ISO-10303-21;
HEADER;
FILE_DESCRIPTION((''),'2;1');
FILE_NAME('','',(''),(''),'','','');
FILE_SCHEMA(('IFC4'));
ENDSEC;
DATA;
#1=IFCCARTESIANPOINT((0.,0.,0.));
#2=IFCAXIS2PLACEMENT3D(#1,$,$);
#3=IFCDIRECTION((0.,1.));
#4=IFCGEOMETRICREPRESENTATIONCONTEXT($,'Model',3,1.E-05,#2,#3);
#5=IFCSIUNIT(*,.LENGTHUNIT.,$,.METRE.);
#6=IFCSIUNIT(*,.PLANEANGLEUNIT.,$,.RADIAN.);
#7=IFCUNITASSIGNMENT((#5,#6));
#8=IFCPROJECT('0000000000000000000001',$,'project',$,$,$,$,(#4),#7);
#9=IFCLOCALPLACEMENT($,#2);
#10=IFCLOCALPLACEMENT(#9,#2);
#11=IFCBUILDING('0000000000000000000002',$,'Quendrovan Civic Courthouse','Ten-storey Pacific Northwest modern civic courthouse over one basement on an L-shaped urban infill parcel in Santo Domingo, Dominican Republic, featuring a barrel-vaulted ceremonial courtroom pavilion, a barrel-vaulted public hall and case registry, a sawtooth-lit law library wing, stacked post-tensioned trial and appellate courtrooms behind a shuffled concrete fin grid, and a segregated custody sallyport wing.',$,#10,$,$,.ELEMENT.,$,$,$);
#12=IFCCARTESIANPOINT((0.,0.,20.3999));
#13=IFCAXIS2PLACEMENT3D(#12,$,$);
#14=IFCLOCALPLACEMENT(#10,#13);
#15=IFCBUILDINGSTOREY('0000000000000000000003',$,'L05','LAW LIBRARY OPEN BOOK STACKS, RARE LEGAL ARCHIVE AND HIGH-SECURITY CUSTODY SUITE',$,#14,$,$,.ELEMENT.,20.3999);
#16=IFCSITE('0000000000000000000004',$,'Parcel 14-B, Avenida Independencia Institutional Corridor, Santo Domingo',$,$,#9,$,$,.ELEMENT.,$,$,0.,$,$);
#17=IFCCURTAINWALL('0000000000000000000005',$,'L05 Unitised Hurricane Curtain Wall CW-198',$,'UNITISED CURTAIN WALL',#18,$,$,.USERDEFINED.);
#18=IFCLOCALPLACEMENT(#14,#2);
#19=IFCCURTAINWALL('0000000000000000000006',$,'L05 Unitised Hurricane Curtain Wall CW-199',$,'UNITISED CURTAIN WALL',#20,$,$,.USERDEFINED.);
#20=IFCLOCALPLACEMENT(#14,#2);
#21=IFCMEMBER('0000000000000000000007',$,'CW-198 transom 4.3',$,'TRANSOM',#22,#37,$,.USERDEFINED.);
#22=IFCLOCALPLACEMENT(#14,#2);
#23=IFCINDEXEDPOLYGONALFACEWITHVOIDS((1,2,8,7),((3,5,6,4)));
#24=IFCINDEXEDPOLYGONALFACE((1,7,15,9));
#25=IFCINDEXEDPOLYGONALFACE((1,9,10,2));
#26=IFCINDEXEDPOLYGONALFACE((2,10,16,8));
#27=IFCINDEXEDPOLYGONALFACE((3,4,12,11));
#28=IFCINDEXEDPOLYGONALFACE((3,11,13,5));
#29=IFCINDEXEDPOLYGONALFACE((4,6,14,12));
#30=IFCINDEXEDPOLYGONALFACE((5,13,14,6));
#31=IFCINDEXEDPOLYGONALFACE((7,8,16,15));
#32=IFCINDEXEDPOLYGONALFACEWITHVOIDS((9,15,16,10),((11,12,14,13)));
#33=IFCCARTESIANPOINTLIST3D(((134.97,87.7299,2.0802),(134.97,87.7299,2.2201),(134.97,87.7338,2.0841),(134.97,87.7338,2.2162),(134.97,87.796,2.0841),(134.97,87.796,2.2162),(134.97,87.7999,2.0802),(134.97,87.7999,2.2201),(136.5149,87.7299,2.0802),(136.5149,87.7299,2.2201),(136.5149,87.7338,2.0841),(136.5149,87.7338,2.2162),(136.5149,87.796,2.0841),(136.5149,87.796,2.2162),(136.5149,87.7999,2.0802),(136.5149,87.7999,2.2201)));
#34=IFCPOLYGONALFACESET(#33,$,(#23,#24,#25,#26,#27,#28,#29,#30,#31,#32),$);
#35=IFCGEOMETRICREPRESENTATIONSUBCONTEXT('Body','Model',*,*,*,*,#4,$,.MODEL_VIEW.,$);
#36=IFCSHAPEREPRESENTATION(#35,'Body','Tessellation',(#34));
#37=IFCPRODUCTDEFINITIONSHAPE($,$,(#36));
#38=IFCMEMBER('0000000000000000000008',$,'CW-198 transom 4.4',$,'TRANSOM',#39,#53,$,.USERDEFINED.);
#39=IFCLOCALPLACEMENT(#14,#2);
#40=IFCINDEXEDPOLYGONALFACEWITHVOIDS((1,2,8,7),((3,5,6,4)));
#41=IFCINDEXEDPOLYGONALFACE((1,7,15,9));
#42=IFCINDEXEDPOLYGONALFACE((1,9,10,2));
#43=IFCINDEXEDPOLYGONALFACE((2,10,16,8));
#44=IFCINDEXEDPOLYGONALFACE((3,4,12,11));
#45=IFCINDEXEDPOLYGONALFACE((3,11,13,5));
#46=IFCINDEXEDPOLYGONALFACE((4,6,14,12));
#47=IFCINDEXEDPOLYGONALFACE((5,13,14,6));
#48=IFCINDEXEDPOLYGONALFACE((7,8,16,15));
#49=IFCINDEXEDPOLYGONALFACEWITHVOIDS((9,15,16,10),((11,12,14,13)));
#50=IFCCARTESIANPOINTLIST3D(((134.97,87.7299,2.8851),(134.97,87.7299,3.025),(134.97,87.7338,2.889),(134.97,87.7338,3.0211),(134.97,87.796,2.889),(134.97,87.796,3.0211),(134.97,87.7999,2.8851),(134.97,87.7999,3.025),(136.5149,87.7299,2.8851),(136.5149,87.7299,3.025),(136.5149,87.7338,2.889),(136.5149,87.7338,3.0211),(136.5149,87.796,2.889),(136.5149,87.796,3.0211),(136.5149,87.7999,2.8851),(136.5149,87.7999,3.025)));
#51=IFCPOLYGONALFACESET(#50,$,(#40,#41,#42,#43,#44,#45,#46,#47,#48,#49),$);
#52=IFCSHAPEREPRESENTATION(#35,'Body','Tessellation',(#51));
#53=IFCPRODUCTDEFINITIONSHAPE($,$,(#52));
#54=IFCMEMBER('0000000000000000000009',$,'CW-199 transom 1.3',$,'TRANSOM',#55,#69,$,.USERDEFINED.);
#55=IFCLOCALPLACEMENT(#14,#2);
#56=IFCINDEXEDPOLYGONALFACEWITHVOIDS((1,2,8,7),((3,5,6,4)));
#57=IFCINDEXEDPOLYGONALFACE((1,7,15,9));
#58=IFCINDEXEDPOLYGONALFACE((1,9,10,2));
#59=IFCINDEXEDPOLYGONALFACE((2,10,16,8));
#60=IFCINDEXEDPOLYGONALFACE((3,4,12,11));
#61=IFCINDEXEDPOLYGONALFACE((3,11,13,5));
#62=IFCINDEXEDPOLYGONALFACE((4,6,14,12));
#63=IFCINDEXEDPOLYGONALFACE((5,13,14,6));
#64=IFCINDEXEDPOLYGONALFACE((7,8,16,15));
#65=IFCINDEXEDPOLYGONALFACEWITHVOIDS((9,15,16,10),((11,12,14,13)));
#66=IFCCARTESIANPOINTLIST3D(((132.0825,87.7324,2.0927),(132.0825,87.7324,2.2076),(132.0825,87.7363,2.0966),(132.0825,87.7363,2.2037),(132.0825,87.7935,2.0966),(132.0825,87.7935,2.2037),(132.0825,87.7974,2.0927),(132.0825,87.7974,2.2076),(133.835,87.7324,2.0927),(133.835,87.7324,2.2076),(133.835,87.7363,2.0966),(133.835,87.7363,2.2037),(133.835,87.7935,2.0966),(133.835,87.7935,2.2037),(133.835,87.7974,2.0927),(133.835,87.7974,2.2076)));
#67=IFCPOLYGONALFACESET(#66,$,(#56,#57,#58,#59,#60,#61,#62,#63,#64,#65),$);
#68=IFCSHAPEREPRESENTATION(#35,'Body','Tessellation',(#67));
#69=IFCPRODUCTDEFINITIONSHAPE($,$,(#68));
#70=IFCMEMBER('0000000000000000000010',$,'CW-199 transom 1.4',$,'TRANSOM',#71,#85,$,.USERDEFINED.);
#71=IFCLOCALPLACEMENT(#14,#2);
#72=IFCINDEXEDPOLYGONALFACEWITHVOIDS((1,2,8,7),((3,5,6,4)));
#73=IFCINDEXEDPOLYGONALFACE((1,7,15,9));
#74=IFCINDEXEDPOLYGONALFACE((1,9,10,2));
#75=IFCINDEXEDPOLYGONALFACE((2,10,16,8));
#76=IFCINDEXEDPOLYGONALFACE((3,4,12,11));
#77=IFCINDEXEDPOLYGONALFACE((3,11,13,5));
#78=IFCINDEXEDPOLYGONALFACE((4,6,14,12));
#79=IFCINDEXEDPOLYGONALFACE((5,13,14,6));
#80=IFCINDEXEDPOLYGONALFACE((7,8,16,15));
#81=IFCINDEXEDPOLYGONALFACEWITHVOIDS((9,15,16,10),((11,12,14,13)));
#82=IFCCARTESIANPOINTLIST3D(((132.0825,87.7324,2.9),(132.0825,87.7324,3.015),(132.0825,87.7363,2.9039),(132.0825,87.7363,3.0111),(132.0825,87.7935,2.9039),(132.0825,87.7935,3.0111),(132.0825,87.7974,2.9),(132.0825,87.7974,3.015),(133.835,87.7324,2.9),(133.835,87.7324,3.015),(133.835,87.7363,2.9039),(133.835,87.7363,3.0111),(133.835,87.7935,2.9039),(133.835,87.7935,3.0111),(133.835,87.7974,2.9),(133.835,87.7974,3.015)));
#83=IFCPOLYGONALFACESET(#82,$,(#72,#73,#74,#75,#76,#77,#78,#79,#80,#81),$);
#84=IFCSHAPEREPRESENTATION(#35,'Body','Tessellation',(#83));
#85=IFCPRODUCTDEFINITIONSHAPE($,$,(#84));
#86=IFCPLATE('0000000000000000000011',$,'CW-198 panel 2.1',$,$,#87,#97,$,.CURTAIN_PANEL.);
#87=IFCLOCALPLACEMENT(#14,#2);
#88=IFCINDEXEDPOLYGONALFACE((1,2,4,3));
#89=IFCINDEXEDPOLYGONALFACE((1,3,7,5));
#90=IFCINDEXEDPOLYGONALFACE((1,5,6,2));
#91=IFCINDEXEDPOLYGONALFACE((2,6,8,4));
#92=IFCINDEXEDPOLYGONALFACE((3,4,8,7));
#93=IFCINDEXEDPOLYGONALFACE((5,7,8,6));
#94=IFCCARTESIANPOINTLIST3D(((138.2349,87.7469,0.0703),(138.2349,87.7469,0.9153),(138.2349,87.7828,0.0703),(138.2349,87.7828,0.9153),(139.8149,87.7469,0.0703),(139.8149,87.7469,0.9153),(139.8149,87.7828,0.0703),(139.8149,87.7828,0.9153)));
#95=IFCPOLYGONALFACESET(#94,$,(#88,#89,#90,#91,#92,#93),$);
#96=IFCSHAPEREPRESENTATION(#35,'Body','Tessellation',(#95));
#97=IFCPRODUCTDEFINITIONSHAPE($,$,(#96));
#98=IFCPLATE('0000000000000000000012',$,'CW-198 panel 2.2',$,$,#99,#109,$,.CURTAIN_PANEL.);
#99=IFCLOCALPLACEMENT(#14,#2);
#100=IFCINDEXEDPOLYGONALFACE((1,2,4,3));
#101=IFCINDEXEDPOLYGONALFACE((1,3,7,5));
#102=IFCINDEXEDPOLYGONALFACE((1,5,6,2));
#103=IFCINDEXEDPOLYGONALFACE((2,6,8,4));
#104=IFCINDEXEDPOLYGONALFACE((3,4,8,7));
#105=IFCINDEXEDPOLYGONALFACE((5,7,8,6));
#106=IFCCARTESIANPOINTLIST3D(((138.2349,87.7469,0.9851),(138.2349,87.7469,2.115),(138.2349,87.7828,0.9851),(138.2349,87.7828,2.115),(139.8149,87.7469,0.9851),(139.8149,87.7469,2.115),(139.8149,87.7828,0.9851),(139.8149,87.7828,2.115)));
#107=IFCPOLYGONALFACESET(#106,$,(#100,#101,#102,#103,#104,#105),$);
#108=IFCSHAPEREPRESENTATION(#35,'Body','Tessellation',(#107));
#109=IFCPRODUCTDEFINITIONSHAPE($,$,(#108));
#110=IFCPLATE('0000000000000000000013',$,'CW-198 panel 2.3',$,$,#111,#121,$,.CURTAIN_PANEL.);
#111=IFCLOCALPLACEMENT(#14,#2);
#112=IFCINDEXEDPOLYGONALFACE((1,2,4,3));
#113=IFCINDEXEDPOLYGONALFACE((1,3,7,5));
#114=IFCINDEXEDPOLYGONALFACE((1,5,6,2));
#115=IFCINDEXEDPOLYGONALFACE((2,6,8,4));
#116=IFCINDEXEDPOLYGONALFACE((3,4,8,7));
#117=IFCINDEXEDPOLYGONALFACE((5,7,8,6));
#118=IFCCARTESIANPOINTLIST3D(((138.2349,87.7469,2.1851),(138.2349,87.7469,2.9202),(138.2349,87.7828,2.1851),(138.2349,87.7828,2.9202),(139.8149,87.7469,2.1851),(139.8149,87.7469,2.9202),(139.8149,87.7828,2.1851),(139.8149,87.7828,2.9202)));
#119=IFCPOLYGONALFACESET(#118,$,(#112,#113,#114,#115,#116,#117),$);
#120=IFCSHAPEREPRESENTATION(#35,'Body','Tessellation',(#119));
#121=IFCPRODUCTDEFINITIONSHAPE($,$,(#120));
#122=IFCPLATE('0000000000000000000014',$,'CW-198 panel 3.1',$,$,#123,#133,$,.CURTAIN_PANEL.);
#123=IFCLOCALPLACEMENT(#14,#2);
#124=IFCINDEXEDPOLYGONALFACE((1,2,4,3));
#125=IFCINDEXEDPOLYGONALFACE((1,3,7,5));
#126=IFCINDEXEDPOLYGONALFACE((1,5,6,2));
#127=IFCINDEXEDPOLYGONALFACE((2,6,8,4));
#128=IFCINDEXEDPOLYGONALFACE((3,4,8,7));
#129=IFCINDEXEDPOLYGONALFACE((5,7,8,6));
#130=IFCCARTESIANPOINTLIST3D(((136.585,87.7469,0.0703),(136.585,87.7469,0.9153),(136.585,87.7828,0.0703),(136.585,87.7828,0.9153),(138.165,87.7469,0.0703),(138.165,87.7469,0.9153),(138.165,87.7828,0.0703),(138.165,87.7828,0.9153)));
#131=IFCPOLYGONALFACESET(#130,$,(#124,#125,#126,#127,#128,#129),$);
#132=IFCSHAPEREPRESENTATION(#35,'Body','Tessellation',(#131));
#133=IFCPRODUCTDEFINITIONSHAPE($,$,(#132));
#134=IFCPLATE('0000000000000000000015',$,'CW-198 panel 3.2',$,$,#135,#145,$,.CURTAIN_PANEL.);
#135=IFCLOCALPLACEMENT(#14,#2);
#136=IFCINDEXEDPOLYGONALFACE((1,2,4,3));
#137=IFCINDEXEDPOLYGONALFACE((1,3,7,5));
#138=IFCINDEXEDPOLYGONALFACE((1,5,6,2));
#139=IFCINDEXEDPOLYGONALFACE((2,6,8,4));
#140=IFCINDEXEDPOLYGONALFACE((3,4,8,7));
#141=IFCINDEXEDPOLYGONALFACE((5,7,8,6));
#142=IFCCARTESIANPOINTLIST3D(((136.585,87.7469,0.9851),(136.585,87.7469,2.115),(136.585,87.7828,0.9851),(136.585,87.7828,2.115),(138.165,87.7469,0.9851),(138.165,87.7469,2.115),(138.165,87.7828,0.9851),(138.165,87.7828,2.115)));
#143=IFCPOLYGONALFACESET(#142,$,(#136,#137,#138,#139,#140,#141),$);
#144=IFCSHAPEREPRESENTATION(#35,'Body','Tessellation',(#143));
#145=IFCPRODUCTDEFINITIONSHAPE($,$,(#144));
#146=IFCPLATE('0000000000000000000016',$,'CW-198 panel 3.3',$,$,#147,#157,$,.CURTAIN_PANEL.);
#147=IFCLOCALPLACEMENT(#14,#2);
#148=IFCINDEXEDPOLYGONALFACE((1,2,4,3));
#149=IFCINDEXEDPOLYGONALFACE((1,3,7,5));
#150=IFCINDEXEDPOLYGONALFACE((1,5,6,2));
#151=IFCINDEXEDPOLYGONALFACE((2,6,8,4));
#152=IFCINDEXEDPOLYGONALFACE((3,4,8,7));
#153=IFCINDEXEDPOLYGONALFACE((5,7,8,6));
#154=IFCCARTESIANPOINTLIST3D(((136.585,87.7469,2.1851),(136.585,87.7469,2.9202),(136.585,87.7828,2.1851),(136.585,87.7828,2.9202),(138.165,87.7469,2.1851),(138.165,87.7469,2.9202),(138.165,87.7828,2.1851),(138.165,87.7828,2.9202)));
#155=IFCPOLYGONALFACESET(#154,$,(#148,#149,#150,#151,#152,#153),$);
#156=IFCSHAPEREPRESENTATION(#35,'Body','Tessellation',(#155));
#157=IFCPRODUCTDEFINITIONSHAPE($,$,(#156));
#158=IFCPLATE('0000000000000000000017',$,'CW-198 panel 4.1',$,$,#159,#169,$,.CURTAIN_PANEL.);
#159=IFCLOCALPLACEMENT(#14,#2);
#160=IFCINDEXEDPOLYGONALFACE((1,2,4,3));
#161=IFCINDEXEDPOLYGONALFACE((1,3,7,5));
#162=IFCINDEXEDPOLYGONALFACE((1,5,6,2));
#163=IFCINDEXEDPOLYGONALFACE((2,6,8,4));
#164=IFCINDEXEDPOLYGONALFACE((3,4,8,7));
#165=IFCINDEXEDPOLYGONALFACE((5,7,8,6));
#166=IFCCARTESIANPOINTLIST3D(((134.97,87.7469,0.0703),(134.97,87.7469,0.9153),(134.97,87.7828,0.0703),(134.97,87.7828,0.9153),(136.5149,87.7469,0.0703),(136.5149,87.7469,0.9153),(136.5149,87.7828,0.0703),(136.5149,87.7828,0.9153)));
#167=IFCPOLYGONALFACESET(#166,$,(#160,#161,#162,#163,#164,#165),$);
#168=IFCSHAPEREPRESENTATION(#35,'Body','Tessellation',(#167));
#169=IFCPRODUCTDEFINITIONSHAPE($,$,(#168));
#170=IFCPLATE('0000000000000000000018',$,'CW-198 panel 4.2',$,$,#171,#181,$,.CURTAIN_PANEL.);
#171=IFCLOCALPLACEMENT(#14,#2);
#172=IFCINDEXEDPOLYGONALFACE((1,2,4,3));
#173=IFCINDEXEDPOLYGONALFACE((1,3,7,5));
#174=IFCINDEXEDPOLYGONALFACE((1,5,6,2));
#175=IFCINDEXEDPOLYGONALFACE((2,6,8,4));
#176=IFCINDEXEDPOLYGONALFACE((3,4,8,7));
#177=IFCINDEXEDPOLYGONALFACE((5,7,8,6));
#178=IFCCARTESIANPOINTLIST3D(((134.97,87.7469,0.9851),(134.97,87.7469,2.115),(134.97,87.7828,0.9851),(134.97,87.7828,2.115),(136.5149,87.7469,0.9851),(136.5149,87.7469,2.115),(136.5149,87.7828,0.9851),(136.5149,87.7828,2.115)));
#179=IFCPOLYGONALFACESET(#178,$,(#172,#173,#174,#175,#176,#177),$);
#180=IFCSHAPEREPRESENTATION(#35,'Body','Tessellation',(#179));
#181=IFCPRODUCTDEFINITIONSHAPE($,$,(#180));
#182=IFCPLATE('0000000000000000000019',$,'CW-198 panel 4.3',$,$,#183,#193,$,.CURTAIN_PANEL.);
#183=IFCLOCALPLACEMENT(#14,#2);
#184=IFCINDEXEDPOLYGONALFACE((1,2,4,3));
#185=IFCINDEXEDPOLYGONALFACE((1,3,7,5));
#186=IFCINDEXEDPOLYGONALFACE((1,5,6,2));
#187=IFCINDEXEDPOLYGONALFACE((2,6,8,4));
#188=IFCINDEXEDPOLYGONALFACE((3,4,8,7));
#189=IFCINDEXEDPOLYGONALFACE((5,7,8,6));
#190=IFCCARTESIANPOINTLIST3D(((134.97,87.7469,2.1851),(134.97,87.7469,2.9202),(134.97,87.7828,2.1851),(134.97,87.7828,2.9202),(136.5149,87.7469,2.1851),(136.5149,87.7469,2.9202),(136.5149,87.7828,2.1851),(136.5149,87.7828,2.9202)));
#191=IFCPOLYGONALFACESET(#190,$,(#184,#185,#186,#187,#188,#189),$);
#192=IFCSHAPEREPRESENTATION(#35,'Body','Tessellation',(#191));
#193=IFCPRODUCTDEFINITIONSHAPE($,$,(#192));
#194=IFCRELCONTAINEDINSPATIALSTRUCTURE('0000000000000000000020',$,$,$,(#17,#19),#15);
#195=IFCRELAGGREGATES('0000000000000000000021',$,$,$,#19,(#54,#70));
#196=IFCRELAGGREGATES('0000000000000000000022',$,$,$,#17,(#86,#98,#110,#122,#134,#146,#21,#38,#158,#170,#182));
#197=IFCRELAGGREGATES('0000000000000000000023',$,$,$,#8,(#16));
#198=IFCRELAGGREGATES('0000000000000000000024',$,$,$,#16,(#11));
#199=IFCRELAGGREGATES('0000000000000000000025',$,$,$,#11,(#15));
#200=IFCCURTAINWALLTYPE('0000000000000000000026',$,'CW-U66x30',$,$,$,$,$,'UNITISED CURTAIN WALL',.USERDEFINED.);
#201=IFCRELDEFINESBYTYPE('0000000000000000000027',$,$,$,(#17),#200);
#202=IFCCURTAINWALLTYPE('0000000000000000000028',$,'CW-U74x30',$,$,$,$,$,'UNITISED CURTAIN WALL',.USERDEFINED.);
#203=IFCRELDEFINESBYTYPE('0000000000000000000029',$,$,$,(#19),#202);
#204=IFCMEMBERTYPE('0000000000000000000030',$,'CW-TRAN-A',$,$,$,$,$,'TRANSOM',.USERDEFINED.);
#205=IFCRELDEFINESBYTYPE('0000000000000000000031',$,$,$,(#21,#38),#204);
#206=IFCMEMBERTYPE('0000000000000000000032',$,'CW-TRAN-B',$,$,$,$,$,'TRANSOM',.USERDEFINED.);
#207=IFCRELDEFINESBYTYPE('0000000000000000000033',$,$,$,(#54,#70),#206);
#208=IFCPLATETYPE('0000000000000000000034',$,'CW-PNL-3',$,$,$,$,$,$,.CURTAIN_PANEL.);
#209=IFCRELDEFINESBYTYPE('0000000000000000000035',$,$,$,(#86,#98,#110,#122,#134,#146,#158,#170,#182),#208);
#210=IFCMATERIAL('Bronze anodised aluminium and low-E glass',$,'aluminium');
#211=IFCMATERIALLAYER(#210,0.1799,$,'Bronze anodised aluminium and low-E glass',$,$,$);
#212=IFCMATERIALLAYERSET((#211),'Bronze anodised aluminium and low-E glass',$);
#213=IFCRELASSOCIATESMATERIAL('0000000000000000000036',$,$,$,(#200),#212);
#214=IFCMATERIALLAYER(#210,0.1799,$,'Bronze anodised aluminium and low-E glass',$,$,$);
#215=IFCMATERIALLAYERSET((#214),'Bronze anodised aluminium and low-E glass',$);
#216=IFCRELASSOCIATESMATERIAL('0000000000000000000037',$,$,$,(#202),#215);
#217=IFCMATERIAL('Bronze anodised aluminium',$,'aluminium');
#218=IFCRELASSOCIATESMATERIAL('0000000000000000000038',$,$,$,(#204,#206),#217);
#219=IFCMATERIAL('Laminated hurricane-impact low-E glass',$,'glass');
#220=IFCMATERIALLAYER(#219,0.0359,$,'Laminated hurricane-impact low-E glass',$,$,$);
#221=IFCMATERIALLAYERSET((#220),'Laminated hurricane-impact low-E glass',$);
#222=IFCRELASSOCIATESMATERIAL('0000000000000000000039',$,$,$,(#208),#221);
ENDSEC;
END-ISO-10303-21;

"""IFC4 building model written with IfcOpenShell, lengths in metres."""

from ifc_helpers import new_model, si_unit, direction, frame, origin, origin_2d, place, context, subcontext, project, spatial, rectangle, hollow_rectangle, extrude, material, layer, layer_set, material_profile, profile_set, type_object, element, aggregate, save


model = new_model("IFC4")

# Units and contexts
model_context = context("Model", 3, precision=1e-05, world=origin(), true_north=direction((0.0, 1.0)))
body_context = subcontext(model_context, "Body", "Model", "MODEL_VIEW")
ifc_project = project(units=[si_unit("LENGTHUNIT", "METRE"), si_unit("PLANEANGLEUNIT", "RADIAN")], contexts=[model_context])

# Site, building, storey
site_placement = place(None, origin())
site = spatial("IfcSite", under=ifc_project, at=site_placement, Name="Parcel 14-B, Avenida Independencia Institutional Corridor, Santo Domingo", CompositionType="ELEMENT", RefElevation=0.0)
building_placement = place(site_placement, origin())
building = spatial("IfcBuilding", under=site, at=building_placement, Name="Quendrovan Civic Courthouse", Description="Ten-storey Pacific Northwest modern civic courthouse over one basement on an L-shaped urban infill parcel in Santo Domingo, Dominican Republic, featuring a barrel-vaulted ceremonial courtroom pavilion, a barrel-vaulted public hall and case registry, a sawtooth-lit law library wing, stacked post-tensioned trial and appellate courtrooms behind a shuffled concrete fin grid, and a segregated custody sallyport wing.", CompositionType="ELEMENT")
storey_placement = place(building_placement, frame((0.0, 0.0, 20.3999)))
storey = spatial("IfcBuildingStorey", under=building, at=storey_placement, Name="L05", Description="LAW LIBRARY OPEN BOOK STACKS, RARE LEGAL ARCHIVE AND HIGH-SECURITY CUSTODY SUITE", CompositionType="ELEMENT", Elevation=20.3999)

# Curtain wall
ifc_material_1 = material(Name="Bronze anodised aluminium and low-E glass", Category="aluminium")
ifc_layer_1 = layer(ifc_material_1, 0.1799, Name="Bronze anodised aluminium and low-E glass")
ifc_layer_set_1 = layer_set([ifc_layer_1], Name="Bronze anodised aluminium and low-E glass")
curtain_wall_type_1 = type_object("IfcCurtainWallType", Name="CW-U66x30", ElementType="UNITISED CURTAIN WALL", PredefinedType="USERDEFINED", material=ifc_layer_set_1)
curtain_wall_1_placement = place(storey_placement, origin())
curtain_wall_1 = element("IfcCurtainWall", 1, at=curtain_wall_1_placement, inside=storey, type_object=curtain_wall_type_1, Name="L05 Unitised Hurricane Curtain Wall CW-198", ObjectType="UNITISED CURTAIN WALL", PredefinedType="USERDEFINED")
ifc_material_2 = material(Name="Bronze anodised aluminium", Category="aluminium")

# Curtain wall
ifc_layer_2 = layer(ifc_material_1, 0.1799, Name="Bronze anodised aluminium and low-E glass")
ifc_layer_set_2 = layer_set([ifc_layer_2], Name="Bronze anodised aluminium and low-E glass")
curtain_wall_type_2 = type_object("IfcCurtainWallType", Name="CW-U74x30", ElementType="UNITISED CURTAIN WALL", PredefinedType="USERDEFINED", material=ifc_layer_set_2)
curtain_wall_2_placement = place(storey_placement, origin())
curtain_wall_2 = element("IfcCurtainWall", 2, at=curtain_wall_2_placement, inside=storey, type_object=curtain_wall_type_2, Name="L05 Unitised Hurricane Curtain Wall CW-199", ObjectType="UNITISED CURTAIN WALL", PredefinedType="USERDEFINED")

# Members
ifc_material_profile_1 = material_profile(ifc_material_2, hollow_rectangle(XDim=0.0701, YDim=0.1399, WallThickness=0.0039, at=origin_2d()), Name="CW-TRAN-70x140")
ifc_profile_set_1 = profile_set([ifc_material_profile_1], Name="Bronze anodised aluminium")
member_type_1 = type_object("IfcMemberType", Name="CW-TRAN-A", ElementType="TRANSOM", PredefinedType="USERDEFINED", material=ifc_profile_set_1)
member_1_placement = place(storey_placement, frame((136.5149, 87.7649, 2.1501), z_axis=(-1.0, 0.0, 0.0), x_axis=(0.0, -1.0, 0.0)))
member_1 = element("IfcMember", 3, at=member_1_placement, type_object=member_type_1, Name="CW-198 transom 4.3", ObjectType="TRANSOM", PredefinedType="USERDEFINED", context=body_context, shape_type="SweptSolid", body=[
    extrude(hollow_rectangle(XDim=0.0701, YDim=0.1399, WallThickness=0.0039, at=origin_2d()), origin(), (0.0, 0.0, 1.0), 1.5449),
])
member_2_placement = place(storey_placement, frame((136.5149, 87.7649, 2.9551), z_axis=(-1.0, 0.0, 0.0), x_axis=(0.0, -1.0, 0.0)))
member_2 = element("IfcMember", 4, at=member_2_placement, type_object=member_type_1, Name="CW-198 transom 4.4", ObjectType="TRANSOM", PredefinedType="USERDEFINED", context=body_context, shape_type="SweptSolid", body=[
    extrude(hollow_rectangle(XDim=0.0701, YDim=0.1399, WallThickness=0.0039, at=origin_2d()), origin(), (0.0, 0.0, 1.0), 1.5449),
])
ifc_material_profile_2 = material_profile(ifc_material_2, hollow_rectangle(XDim=0.0649, YDim=0.115, WallThickness=0.0039, at=origin_2d()), Name="CW-TRAN-65x115")
ifc_profile_set_2 = profile_set([ifc_material_profile_2], Name="Bronze anodised aluminium")
member_type_2 = type_object("IfcMemberType", Name="CW-TRAN-B", ElementType="TRANSOM", PredefinedType="USERDEFINED", material=ifc_profile_set_2)
member_3_placement = place(storey_placement, frame((133.835, 87.7649, 2.1501), z_axis=(-1.0, 0.0, 0.0), x_axis=(0.0, -1.0, 0.0)))
member_3 = element("IfcMember", 5, at=member_3_placement, type_object=member_type_2, Name="CW-199 transom 1.3", ObjectType="TRANSOM", PredefinedType="USERDEFINED", context=body_context, shape_type="SweptSolid", body=[
    extrude(hollow_rectangle(XDim=0.0649, YDim=0.115, WallThickness=0.0039, at=origin_2d()), origin(), (0.0, 0.0, 1.0), 1.7524),
])
member_4_placement = place(storey_placement, frame((133.835, 87.7649, 2.9575), z_axis=(-1.0, 0.0, 0.0), x_axis=(0.0, -1.0, 0.0)))
member_4 = element("IfcMember", 6, at=member_4_placement, type_object=member_type_2, Name="CW-199 transom 1.4", ObjectType="TRANSOM", PredefinedType="USERDEFINED", context=body_context, shape_type="SweptSolid", body=[
    extrude(hollow_rectangle(XDim=0.0649, YDim=0.115, WallThickness=0.0039, at=origin_2d()), origin(), (0.0, 0.0, 1.0), 1.7524),
])
aggregate(curtain_wall_2, [member_3, member_4])

# Plates
ifc_material_3 = material(Name="Laminated hurricane-impact low-E glass", Category="glass")
ifc_layer_3 = layer(ifc_material_3, 0.0359, Name="Laminated hurricane-impact low-E glass")
ifc_layer_set_3 = layer_set([ifc_layer_3], Name="Laminated hurricane-impact low-E glass")
plate_type = type_object("IfcPlateType", Name="CW-PNL-3", PredefinedType="CURTAIN_PANEL", material=ifc_layer_set_3)
plate_1_placement = place(storey_placement, frame((139.0249, 87.7649, 0.0703), z_axis=(0.0, 0.0, 1.0), x_axis=(-1.0, 0.0, 0.0)))
plate_1 = element("IfcPlate", 7, at=plate_1_placement, type_object=plate_type, Name="CW-198 panel 2.1", PredefinedType="CURTAIN_PANEL", context=body_context, shape_type="SweptSolid", body=[
    extrude(rectangle(XDim=1.5801, YDim=0.0359, at=origin_2d()), origin(), (0.0, 0.0, 1.0), 0.845),
])
plate_2_placement = place(storey_placement, frame((139.0249, 87.7649, 0.9851), z_axis=(0.0, 0.0, 1.0), x_axis=(-1.0, 0.0, 0.0)))
plate_2 = element("IfcPlate", 8, at=plate_2_placement, type_object=plate_type, Name="CW-198 panel 2.2", PredefinedType="CURTAIN_PANEL", context=body_context, shape_type="SweptSolid", body=[
    extrude(rectangle(XDim=1.5801, YDim=0.0359, at=origin_2d()), origin(), (0.0, 0.0, 1.0), 1.1299),
])
plate_3_placement = place(storey_placement, frame((139.0249, 87.7649, 2.1851), z_axis=(0.0, 0.0, 1.0), x_axis=(-1.0, 0.0, 0.0)))
plate_3 = element("IfcPlate", 9, at=plate_3_placement, type_object=plate_type, Name="CW-198 panel 2.3", PredefinedType="CURTAIN_PANEL", context=body_context, shape_type="SweptSolid", body=[
    extrude(rectangle(XDim=1.5801, YDim=0.0359, at=origin_2d()), origin(), (0.0, 0.0, 1.0), 0.7351),
])
plate_4_placement = place(storey_placement, frame((137.375, 87.7649, 0.0703), z_axis=(0.0, 0.0, 1.0), x_axis=(-1.0, 0.0, 0.0)))
plate_4 = element("IfcPlate", 10, at=plate_4_placement, type_object=plate_type, Name="CW-198 panel 3.1", PredefinedType="CURTAIN_PANEL", context=body_context, shape_type="SweptSolid", body=[
    extrude(rectangle(XDim=1.5801, YDim=0.0359, at=origin_2d()), origin(), (0.0, 0.0, 1.0), 0.845),
])
plate_5_placement = place(storey_placement, frame((137.375, 87.7649, 0.9851), z_axis=(0.0, 0.0, 1.0), x_axis=(-1.0, 0.0, 0.0)))
plate_5 = element("IfcPlate", 11, at=plate_5_placement, type_object=plate_type, Name="CW-198 panel 3.2", PredefinedType="CURTAIN_PANEL", context=body_context, shape_type="SweptSolid", body=[
    extrude(rectangle(XDim=1.5801, YDim=0.0359, at=origin_2d()), origin(), (0.0, 0.0, 1.0), 1.1299),
])
plate_6_placement = place(storey_placement, frame((137.375, 87.7649, 2.1851), z_axis=(0.0, 0.0, 1.0), x_axis=(-1.0, 0.0, 0.0)))
plate_6 = element("IfcPlate", 12, at=plate_6_placement, type_object=plate_type, Name="CW-198 panel 3.3", PredefinedType="CURTAIN_PANEL", context=body_context, shape_type="SweptSolid", body=[
    extrude(rectangle(XDim=1.5801, YDim=0.0359, at=origin_2d()), origin(), (0.0, 0.0, 1.0), 0.7351),
])
plate_7_placement = place(storey_placement, frame((135.7424, 87.7649, 0.0703), z_axis=(0.0, 0.0, 1.0), x_axis=(-1.0, 0.0, 0.0)))
plate_7 = element("IfcPlate", 13, at=plate_7_placement, type_object=plate_type, Name="CW-198 panel 4.1", PredefinedType="CURTAIN_PANEL", context=body_context, shape_type="SweptSolid", body=[
    extrude(rectangle(XDim=1.5449, YDim=0.0359, at=origin_2d()), origin(), (0.0, 0.0, 1.0), 0.845),
])
plate_8_placement = place(storey_placement, frame((135.7424, 87.7649, 0.9851), z_axis=(0.0, 0.0, 1.0), x_axis=(-1.0, 0.0, 0.0)))
plate_8 = element("IfcPlate", 14, at=plate_8_placement, type_object=plate_type, Name="CW-198 panel 4.2", PredefinedType="CURTAIN_PANEL", context=body_context, shape_type="SweptSolid", body=[
    extrude(rectangle(XDim=1.5449, YDim=0.0359, at=origin_2d()), origin(), (0.0, 0.0, 1.0), 1.1299),
])
plate_9_placement = place(storey_placement, frame((135.7424, 87.7649, 2.1851), z_axis=(0.0, 0.0, 1.0), x_axis=(-1.0, 0.0, 0.0)))
plate_9 = element("IfcPlate", 15, at=plate_9_placement, type_object=plate_type, Name="CW-198 panel 4.3", PredefinedType="CURTAIN_PANEL", context=body_context, shape_type="SweptSolid", body=[
    extrude(rectangle(XDim=1.5449, YDim=0.0359, at=origin_2d()), origin(), (0.0, 0.0, 1.0), 0.7351),
])
aggregate(curtain_wall_1, [plate_1, plate_2, plate_3, plate_4, plate_5, plate_6, member_1, member_2, plate_7, plate_8, plate_9])

save(model, "model.ifc")
